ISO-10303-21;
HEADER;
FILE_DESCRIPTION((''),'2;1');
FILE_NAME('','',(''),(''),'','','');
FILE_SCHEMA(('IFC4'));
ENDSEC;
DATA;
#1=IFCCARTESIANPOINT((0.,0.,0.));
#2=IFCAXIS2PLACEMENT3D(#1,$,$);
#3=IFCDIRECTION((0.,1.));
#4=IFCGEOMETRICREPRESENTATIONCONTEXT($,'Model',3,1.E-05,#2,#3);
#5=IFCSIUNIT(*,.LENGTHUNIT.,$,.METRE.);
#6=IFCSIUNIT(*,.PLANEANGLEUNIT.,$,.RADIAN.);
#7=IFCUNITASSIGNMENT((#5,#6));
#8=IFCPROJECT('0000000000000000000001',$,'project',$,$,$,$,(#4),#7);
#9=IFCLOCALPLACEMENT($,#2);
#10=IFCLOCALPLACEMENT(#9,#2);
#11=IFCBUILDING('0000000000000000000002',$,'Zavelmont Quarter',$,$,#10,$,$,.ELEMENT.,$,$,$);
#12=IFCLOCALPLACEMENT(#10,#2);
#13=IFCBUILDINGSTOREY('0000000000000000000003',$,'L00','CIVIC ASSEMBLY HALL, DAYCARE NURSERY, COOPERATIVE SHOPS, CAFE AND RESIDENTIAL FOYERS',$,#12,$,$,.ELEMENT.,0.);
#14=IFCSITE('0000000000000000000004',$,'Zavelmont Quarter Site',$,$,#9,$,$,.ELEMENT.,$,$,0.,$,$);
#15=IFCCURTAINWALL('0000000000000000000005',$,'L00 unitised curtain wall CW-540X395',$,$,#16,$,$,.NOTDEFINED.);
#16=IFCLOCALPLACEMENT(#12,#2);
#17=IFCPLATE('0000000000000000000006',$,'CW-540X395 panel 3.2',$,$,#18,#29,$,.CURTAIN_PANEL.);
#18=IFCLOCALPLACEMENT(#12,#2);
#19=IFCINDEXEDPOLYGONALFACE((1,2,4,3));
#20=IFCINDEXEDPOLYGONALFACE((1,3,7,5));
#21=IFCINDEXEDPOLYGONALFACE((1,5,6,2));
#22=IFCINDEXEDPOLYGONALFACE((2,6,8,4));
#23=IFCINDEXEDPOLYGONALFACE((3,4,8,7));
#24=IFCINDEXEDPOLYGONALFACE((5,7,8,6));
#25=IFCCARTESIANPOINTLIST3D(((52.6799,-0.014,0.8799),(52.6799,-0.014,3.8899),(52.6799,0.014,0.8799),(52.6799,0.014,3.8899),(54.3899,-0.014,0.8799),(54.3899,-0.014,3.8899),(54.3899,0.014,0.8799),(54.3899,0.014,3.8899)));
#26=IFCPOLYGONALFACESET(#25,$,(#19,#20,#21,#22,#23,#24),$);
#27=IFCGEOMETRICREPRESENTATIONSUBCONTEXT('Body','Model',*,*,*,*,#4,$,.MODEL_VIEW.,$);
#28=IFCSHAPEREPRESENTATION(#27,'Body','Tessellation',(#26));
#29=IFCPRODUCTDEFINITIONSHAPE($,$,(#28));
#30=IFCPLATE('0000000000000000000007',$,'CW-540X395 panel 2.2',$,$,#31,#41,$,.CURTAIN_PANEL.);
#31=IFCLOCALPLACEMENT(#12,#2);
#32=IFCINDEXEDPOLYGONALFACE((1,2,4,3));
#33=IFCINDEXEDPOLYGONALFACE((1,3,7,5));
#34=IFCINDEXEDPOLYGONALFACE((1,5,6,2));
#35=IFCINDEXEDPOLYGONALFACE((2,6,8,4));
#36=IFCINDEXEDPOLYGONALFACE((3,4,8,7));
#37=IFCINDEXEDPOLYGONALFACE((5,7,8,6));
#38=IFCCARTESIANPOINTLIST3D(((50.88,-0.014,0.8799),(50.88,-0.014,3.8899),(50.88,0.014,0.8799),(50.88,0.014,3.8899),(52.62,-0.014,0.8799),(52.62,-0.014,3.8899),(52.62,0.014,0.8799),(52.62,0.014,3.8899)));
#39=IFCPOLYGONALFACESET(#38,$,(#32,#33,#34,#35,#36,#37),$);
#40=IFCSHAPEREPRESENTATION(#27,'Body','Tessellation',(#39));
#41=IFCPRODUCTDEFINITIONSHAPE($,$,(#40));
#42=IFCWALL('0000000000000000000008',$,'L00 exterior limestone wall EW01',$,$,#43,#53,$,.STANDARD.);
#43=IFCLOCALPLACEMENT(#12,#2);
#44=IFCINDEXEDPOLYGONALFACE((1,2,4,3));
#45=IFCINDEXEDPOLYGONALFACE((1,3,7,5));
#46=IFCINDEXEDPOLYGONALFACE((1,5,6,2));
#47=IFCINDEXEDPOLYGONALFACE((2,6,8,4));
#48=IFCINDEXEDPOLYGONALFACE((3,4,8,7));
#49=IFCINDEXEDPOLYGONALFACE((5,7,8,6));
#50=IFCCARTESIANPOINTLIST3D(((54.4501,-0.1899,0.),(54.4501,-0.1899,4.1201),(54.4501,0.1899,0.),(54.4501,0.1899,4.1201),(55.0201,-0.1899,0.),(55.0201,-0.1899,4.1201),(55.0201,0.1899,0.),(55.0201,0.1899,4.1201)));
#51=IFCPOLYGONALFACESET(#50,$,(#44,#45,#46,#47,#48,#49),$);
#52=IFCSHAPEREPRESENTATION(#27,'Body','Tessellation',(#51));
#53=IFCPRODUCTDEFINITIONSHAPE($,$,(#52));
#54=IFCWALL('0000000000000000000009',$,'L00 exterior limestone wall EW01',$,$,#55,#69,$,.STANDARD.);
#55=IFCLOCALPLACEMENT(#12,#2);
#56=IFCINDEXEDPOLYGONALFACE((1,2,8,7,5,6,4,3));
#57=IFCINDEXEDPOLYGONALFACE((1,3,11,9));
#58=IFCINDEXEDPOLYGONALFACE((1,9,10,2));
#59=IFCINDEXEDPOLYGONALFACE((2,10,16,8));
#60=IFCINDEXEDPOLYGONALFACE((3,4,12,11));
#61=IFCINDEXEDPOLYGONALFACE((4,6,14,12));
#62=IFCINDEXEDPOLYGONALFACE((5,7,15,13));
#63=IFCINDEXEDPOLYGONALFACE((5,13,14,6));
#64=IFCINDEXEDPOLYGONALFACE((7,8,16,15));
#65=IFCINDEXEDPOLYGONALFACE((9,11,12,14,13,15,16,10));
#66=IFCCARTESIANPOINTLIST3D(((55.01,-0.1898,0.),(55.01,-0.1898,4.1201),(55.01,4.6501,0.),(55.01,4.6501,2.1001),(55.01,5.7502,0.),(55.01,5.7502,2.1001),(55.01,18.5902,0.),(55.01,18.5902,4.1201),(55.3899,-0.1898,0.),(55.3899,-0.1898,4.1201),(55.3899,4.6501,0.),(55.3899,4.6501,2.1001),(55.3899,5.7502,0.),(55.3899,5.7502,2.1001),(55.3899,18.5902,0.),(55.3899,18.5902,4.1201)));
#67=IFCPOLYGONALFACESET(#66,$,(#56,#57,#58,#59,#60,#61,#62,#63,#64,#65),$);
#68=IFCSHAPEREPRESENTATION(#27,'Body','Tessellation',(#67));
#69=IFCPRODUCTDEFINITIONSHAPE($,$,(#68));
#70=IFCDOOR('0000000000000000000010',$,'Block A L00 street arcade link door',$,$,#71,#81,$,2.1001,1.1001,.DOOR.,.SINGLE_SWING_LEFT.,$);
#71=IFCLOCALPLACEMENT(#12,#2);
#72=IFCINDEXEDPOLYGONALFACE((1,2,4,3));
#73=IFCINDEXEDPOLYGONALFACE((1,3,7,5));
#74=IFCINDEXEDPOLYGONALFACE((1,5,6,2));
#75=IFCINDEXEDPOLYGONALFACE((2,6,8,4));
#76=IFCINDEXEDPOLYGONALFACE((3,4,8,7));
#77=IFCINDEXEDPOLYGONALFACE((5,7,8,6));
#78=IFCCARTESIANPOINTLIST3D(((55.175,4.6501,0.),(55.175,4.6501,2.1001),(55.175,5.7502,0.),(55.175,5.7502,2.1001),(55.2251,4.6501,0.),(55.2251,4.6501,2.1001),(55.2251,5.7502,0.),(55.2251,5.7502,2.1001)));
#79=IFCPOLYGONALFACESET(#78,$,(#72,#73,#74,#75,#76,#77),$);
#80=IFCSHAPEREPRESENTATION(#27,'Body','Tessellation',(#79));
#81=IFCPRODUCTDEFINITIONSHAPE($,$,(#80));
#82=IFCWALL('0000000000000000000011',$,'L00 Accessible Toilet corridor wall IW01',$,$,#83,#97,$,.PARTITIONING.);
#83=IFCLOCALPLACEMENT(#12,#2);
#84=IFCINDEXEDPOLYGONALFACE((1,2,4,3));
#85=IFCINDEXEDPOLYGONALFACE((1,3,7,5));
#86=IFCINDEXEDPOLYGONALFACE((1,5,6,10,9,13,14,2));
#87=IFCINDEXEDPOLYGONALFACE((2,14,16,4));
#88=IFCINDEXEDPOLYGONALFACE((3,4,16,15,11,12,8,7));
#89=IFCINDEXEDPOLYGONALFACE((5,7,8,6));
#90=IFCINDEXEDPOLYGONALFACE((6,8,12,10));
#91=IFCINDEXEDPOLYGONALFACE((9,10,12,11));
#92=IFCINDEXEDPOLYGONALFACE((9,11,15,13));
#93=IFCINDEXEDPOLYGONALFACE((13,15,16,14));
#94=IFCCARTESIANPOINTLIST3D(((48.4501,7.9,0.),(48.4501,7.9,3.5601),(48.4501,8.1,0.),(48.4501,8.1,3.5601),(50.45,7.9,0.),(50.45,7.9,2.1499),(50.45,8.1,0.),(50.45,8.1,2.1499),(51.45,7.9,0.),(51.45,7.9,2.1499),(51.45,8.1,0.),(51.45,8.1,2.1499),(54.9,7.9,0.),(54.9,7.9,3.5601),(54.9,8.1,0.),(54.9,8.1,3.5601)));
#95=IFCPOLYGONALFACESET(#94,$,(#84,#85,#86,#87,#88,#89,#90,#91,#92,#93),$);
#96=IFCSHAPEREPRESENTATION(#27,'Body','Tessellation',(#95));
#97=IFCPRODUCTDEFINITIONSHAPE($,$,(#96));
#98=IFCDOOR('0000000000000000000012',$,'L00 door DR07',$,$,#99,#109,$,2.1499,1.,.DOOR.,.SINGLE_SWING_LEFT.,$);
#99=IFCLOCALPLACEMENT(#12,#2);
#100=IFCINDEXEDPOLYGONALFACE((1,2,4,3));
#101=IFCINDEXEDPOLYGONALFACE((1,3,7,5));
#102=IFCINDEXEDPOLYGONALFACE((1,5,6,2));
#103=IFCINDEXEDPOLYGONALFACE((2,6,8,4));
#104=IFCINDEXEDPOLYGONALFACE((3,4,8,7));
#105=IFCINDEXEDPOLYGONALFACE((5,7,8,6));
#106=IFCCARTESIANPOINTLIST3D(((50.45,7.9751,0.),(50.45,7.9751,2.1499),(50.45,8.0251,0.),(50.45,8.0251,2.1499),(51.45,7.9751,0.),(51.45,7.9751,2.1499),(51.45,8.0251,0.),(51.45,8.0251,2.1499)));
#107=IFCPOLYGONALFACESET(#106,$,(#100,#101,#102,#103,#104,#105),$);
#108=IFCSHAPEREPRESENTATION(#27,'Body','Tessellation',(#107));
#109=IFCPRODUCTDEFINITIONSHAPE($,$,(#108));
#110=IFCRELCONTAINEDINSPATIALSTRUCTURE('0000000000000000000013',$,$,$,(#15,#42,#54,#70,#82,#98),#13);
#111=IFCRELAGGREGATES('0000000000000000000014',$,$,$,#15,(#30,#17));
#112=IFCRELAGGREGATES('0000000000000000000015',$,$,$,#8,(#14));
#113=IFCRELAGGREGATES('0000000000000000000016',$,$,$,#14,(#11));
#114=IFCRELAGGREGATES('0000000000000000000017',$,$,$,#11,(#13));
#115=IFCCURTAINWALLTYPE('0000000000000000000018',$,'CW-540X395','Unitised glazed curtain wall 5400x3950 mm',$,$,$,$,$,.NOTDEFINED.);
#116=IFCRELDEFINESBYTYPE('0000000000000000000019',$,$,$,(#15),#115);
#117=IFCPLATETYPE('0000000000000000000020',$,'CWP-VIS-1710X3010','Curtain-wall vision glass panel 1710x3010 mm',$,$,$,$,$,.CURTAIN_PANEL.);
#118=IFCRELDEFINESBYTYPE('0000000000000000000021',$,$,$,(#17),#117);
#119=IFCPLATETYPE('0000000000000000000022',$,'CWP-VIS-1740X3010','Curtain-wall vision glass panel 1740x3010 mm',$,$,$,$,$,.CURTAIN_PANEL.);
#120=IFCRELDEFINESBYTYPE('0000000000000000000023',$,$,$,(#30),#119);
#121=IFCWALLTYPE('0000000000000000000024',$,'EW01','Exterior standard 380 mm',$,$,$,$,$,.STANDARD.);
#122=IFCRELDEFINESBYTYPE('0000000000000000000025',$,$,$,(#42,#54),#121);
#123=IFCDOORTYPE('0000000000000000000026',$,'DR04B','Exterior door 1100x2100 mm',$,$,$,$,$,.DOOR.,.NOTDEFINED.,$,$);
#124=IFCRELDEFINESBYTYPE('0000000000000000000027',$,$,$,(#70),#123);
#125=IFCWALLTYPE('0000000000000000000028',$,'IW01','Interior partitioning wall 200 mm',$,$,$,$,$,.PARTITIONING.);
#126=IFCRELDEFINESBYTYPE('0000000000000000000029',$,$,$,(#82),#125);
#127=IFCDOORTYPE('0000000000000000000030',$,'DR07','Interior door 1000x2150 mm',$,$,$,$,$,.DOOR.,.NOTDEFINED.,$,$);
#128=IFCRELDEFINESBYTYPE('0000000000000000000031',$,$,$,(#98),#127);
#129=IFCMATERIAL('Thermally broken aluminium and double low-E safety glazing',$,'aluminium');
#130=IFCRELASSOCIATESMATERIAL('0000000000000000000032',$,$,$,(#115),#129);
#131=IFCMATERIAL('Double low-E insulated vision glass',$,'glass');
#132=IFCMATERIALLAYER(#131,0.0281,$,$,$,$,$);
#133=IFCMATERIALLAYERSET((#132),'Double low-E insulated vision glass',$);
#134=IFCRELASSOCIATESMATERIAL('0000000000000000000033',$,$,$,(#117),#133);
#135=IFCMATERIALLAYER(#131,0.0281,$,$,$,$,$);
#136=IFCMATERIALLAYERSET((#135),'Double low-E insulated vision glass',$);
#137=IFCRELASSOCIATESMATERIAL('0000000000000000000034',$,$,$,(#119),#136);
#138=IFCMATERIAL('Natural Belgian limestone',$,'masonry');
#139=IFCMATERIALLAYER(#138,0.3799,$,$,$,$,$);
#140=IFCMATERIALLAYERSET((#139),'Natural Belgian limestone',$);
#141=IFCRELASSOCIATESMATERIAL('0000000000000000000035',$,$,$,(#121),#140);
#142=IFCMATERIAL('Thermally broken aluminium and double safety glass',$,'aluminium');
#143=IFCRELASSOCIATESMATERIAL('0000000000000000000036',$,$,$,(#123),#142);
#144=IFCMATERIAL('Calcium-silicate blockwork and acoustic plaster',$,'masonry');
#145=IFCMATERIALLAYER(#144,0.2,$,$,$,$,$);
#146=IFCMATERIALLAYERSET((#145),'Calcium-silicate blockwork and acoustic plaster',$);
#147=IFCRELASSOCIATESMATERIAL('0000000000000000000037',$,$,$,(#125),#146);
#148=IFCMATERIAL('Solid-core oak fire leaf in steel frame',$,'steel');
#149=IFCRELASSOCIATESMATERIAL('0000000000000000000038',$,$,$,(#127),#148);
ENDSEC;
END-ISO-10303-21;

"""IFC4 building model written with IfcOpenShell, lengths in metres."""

from ifc_helpers import new_model, si_unit, direction, frame, frame_2d, origin, origin_with_axes, origin_2d, place, context, subcontext, project, spatial, rectangle, extrude, material, layer, layer_set, type_object, element, fill, aggregate, save


model = new_model("IFC4")

# Units and contexts
model_context = context("Model", 3, precision=1e-05, world=origin(), true_north=direction((0.0, 1.0)))
body_context = subcontext(model_context, "Body", "Model", "MODEL_VIEW")
ifc_project = project(units=[si_unit("LENGTHUNIT", "METRE"), si_unit("PLANEANGLEUNIT", "RADIAN")], contexts=[model_context])

# Site, building, storey
site_placement = place(None, origin())
site = spatial("IfcSite", under=ifc_project, at=site_placement, Name="Zavelmont Quarter Site", CompositionType="ELEMENT", RefElevation=0.0)
building_placement = place(site_placement, origin())
building = spatial("IfcBuilding", under=site, at=building_placement, Name="Zavelmont Quarter", CompositionType="ELEMENT")
storey_placement = place(building_placement, origin())
storey = spatial("IfcBuildingStorey", under=building, at=storey_placement, Name="L00", Description="CIVIC ASSEMBLY HALL, DAYCARE NURSERY, COOPERATIVE SHOPS, CAFE AND RESIDENTIAL FOYERS", CompositionType="ELEMENT", Elevation=0.0)

# Curtain wall
ifc_material_1 = material(Name="Thermally broken aluminium and double low-E safety glazing", Category="aluminium")
curtain_wall_type = type_object("IfcCurtainWallType", Name="CW-540X395", Description="Unitised glazed curtain wall 5400x3950 mm", PredefinedType="NOTDEFINED", material=ifc_material_1)
curtain_wall_placement = place(storey_placement, origin())
curtain_wall = element("IfcCurtainWall", 1, at=curtain_wall_placement, inside=storey, type_object=curtain_wall_type, Name="L00 unitised curtain wall CW-540X395", PredefinedType="NOTDEFINED")

# Plates
ifc_material_2 = material(Name="Double low-E insulated vision glass", Category="glass")
ifc_layer_1 = layer(ifc_material_2, 0.0281)
ifc_layer_set_1 = layer_set([ifc_layer_1], Name="Double low-E insulated vision glass")
plate_type_1 = type_object("IfcPlateType", Name="CWP-VIS-1710X3010", Description="Curtain-wall vision glass panel 1710x3010 mm", PredefinedType="CURTAIN_PANEL", material=ifc_layer_set_1)
plate_1_placement = place(storey_placement, frame((53.5349, 0.0, 0.8799), z_axis=(0.0, 0.0, 1.0), x_axis=(1.0, 0.0, 0.0)))
plate_1 = element("IfcPlate", 2, at=plate_1_placement, type_object=plate_type_1, Name="CW-540X395 panel 3.2", PredefinedType="CURTAIN_PANEL", context=body_context, shape_type="SweptSolid", body=[
    extrude(rectangle(XDim=1.71, YDim=0.0281, at=origin_2d()), origin(), (0.0, 0.0, 1.0), 3.01),
])
ifc_layer_2 = layer(ifc_material_2, 0.0281)
ifc_layer_set_2 = layer_set([ifc_layer_2], Name="Double low-E insulated vision glass")
plate_type_2 = type_object("IfcPlateType", Name="CWP-VIS-1740X3010", Description="Curtain-wall vision glass panel 1740x3010 mm", PredefinedType="CURTAIN_PANEL", material=ifc_layer_set_2)
plate_2_placement = place(storey_placement, frame((51.75, 0.0, 0.8799), z_axis=(0.0, 0.0, 1.0), x_axis=(1.0, 0.0, 0.0)))
plate_2 = element("IfcPlate", 3, at=plate_2_placement, type_object=plate_type_2, Name="CW-540X395 panel 2.2", PredefinedType="CURTAIN_PANEL", context=body_context, shape_type="SweptSolid", body=[
    extrude(rectangle(XDim=1.74, YDim=0.0281, at=origin_2d()), origin(), (0.0, 0.0, 1.0), 3.01),
])
aggregate(curtain_wall, [plate_2, plate_1])

# Wall
ifc_material_3 = material(Name="Natural Belgian limestone", Category="masonry")
ifc_layer_3 = layer(ifc_material_3, 0.3799)
ifc_layer_set_3 = layer_set([ifc_layer_3], Name="Natural Belgian limestone")
wall_type_1 = type_object("IfcWallType", Name="EW01", Description="Exterior standard 380 mm", PredefinedType="STANDARD", material=ifc_layer_set_3)
wall_1_placement = place(storey_placement, frame((54.45, 0.0, 0.0), z_axis=(0.0, 0.0, 1.0), x_axis=(1.0, 0.0, 0.0)))
element("IfcWall", 4, at=wall_1_placement, inside=storey, type_object=wall_type_1, Name="L00 exterior limestone wall EW01", PredefinedType="STANDARD", context=body_context, shape_type="SweptSolid", body=[
    extrude(rectangle(XDim=0.5701, YDim=0.3799, at=frame_2d((0.2852, 0.0))), origin(), (0.0, 0.0, 1.0), 4.1201),
])

# Walls, openings, doors
wall_2_placement = place(storey_placement, frame((55.2, -0.1899, 0.0), z_axis=(0.0, 0.0, 1.0), x_axis=(0.0, 1.0, 0.0)))
wall_2 = element("IfcWall", 5, at=wall_2_placement, inside=storey, type_object=wall_type_1, Name="L00 exterior limestone wall EW01", PredefinedType="STANDARD", context=body_context, shape_type="SweptSolid", body=[
    extrude(rectangle(XDim=18.78, YDim=0.3799, at=frame_2d((9.3901, 0.0))), origin(), (0.0, 0.0, 1.0), 4.1201),
])
opening_1_placement = place(wall_2_placement, frame((4.8401, 0.0, 0.0)))
opening_1 = element("IfcOpeningElement", 6, at=opening_1_placement, cuts=wall_2, PredefinedType="OPENING", context=body_context, shape_type="SweptSolid", body=[
    extrude(rectangle(XDim=1.1001, YDim=2.1001, at=frame_2d((0.55, 1.05))), frame((0.0, 0.2019, 0.0), z_axis=(0.0, -1.0, 0.0), x_axis=(1.0, 0.0, 0.0)), (0.0, 0.0, 1.0), 0.4038),
])
ifc_material_4 = material(Name="Thermally broken aluminium and double safety glass", Category="aluminium")
door_type_1 = type_object("IfcDoorType", Name="DR04B", Description="Exterior door 1100x2100 mm", OperationType="NOTDEFINED", PredefinedType="DOOR", material=ifc_material_4)
door_1_placement = place(opening_1_placement, origin_with_axes())
door_1 = element("IfcDoor", 7, at=door_1_placement, inside=storey, type_object=door_type_1, Name="Block A L00 street arcade link door", OperationType="SINGLE_SWING_LEFT", OverallHeight=2.1001, OverallWidth=1.1001, PredefinedType="DOOR", context=body_context, shape_type="SweptSolid", body=[
    extrude(rectangle(XDim=1.1001, YDim=2.1001, at=frame_2d((0.55, 1.05))), frame((0.0, 0.0249, 0.0), z_axis=(0.0, -1.0, 0.0), x_axis=(1.0, 0.0, 0.0)), (0.0, 0.0, 1.0), 0.05),
])
fill(opening_1, door_1)
ifc_material_5 = material(Name="Calcium-silicate blockwork and acoustic plaster", Category="masonry")
ifc_layer_4 = layer(ifc_material_5, 0.2)
ifc_layer_set_4 = layer_set([ifc_layer_4], Name="Calcium-silicate blockwork and acoustic plaster")
wall_type_2 = type_object("IfcWallType", Name="IW01", Description="Interior partitioning wall 200 mm", PredefinedType="PARTITIONING", material=ifc_layer_set_4)
wall_3_placement = place(storey_placement, frame((48.45, 8.0, 0.0), z_axis=(0.0, 0.0, 1.0), x_axis=(1.0, 0.0, 0.0)))
wall_3 = element("IfcWall", 8, at=wall_3_placement, inside=storey, type_object=wall_type_2, Name="L00 Accessible Toilet corridor wall IW01", PredefinedType="PARTITIONING", context=body_context, shape_type="SweptSolid", body=[
    extrude(rectangle(XDim=6.45, YDim=0.2, at=frame_2d((3.2251, 0.0))), origin(), (0.0, 0.0, 1.0), 3.5601),
])
opening_2_placement = place(wall_3_placement, frame((2.0, 0.0, 0.0)))
opening_2 = element("IfcOpeningElement", 9, at=opening_2_placement, cuts=wall_3, PredefinedType="OPENING", context=body_context, shape_type="SweptSolid", body=[
    extrude(rectangle(XDim=1.0, YDim=2.1499, at=frame_2d((0.5, 1.075))), frame((0.0, 0.1118, 0.0), z_axis=(0.0, -1.0, 0.0), x_axis=(1.0, 0.0, 0.0)), (0.0, 0.0, 1.0), 0.2239),
])
ifc_material_6 = material(Name="Solid-core oak fire leaf in steel frame", Category="steel")
door_type_2 = type_object("IfcDoorType", Name="DR07", Description="Interior door 1000x2150 mm", OperationType="NOTDEFINED", PredefinedType="DOOR", material=ifc_material_6)
door_2_placement = place(opening_2_placement, frame((1.0, 0.0, 0.0), z_axis=(0.0, 0.0, 1.0), x_axis=(-1.0, 0.0, 0.0)))
door_2 = element("IfcDoor", 10, at=door_2_placement, inside=storey, type_object=door_type_2, Name="L00 door DR07", OperationType="SINGLE_SWING_LEFT", OverallHeight=2.1499, OverallWidth=1.0, PredefinedType="DOOR", context=body_context, shape_type="SweptSolid", body=[
    extrude(rectangle(XDim=1.0, YDim=2.1499, at=frame_2d((0.5, 1.075))), frame((0.0, 0.0249, 0.0), z_axis=(0.0, -1.0, 0.0), x_axis=(1.0, 0.0, 0.0)), (0.0, 0.0, 1.0), 0.05),
])
fill(opening_2, door_2)

save(model, "model.ifc")
